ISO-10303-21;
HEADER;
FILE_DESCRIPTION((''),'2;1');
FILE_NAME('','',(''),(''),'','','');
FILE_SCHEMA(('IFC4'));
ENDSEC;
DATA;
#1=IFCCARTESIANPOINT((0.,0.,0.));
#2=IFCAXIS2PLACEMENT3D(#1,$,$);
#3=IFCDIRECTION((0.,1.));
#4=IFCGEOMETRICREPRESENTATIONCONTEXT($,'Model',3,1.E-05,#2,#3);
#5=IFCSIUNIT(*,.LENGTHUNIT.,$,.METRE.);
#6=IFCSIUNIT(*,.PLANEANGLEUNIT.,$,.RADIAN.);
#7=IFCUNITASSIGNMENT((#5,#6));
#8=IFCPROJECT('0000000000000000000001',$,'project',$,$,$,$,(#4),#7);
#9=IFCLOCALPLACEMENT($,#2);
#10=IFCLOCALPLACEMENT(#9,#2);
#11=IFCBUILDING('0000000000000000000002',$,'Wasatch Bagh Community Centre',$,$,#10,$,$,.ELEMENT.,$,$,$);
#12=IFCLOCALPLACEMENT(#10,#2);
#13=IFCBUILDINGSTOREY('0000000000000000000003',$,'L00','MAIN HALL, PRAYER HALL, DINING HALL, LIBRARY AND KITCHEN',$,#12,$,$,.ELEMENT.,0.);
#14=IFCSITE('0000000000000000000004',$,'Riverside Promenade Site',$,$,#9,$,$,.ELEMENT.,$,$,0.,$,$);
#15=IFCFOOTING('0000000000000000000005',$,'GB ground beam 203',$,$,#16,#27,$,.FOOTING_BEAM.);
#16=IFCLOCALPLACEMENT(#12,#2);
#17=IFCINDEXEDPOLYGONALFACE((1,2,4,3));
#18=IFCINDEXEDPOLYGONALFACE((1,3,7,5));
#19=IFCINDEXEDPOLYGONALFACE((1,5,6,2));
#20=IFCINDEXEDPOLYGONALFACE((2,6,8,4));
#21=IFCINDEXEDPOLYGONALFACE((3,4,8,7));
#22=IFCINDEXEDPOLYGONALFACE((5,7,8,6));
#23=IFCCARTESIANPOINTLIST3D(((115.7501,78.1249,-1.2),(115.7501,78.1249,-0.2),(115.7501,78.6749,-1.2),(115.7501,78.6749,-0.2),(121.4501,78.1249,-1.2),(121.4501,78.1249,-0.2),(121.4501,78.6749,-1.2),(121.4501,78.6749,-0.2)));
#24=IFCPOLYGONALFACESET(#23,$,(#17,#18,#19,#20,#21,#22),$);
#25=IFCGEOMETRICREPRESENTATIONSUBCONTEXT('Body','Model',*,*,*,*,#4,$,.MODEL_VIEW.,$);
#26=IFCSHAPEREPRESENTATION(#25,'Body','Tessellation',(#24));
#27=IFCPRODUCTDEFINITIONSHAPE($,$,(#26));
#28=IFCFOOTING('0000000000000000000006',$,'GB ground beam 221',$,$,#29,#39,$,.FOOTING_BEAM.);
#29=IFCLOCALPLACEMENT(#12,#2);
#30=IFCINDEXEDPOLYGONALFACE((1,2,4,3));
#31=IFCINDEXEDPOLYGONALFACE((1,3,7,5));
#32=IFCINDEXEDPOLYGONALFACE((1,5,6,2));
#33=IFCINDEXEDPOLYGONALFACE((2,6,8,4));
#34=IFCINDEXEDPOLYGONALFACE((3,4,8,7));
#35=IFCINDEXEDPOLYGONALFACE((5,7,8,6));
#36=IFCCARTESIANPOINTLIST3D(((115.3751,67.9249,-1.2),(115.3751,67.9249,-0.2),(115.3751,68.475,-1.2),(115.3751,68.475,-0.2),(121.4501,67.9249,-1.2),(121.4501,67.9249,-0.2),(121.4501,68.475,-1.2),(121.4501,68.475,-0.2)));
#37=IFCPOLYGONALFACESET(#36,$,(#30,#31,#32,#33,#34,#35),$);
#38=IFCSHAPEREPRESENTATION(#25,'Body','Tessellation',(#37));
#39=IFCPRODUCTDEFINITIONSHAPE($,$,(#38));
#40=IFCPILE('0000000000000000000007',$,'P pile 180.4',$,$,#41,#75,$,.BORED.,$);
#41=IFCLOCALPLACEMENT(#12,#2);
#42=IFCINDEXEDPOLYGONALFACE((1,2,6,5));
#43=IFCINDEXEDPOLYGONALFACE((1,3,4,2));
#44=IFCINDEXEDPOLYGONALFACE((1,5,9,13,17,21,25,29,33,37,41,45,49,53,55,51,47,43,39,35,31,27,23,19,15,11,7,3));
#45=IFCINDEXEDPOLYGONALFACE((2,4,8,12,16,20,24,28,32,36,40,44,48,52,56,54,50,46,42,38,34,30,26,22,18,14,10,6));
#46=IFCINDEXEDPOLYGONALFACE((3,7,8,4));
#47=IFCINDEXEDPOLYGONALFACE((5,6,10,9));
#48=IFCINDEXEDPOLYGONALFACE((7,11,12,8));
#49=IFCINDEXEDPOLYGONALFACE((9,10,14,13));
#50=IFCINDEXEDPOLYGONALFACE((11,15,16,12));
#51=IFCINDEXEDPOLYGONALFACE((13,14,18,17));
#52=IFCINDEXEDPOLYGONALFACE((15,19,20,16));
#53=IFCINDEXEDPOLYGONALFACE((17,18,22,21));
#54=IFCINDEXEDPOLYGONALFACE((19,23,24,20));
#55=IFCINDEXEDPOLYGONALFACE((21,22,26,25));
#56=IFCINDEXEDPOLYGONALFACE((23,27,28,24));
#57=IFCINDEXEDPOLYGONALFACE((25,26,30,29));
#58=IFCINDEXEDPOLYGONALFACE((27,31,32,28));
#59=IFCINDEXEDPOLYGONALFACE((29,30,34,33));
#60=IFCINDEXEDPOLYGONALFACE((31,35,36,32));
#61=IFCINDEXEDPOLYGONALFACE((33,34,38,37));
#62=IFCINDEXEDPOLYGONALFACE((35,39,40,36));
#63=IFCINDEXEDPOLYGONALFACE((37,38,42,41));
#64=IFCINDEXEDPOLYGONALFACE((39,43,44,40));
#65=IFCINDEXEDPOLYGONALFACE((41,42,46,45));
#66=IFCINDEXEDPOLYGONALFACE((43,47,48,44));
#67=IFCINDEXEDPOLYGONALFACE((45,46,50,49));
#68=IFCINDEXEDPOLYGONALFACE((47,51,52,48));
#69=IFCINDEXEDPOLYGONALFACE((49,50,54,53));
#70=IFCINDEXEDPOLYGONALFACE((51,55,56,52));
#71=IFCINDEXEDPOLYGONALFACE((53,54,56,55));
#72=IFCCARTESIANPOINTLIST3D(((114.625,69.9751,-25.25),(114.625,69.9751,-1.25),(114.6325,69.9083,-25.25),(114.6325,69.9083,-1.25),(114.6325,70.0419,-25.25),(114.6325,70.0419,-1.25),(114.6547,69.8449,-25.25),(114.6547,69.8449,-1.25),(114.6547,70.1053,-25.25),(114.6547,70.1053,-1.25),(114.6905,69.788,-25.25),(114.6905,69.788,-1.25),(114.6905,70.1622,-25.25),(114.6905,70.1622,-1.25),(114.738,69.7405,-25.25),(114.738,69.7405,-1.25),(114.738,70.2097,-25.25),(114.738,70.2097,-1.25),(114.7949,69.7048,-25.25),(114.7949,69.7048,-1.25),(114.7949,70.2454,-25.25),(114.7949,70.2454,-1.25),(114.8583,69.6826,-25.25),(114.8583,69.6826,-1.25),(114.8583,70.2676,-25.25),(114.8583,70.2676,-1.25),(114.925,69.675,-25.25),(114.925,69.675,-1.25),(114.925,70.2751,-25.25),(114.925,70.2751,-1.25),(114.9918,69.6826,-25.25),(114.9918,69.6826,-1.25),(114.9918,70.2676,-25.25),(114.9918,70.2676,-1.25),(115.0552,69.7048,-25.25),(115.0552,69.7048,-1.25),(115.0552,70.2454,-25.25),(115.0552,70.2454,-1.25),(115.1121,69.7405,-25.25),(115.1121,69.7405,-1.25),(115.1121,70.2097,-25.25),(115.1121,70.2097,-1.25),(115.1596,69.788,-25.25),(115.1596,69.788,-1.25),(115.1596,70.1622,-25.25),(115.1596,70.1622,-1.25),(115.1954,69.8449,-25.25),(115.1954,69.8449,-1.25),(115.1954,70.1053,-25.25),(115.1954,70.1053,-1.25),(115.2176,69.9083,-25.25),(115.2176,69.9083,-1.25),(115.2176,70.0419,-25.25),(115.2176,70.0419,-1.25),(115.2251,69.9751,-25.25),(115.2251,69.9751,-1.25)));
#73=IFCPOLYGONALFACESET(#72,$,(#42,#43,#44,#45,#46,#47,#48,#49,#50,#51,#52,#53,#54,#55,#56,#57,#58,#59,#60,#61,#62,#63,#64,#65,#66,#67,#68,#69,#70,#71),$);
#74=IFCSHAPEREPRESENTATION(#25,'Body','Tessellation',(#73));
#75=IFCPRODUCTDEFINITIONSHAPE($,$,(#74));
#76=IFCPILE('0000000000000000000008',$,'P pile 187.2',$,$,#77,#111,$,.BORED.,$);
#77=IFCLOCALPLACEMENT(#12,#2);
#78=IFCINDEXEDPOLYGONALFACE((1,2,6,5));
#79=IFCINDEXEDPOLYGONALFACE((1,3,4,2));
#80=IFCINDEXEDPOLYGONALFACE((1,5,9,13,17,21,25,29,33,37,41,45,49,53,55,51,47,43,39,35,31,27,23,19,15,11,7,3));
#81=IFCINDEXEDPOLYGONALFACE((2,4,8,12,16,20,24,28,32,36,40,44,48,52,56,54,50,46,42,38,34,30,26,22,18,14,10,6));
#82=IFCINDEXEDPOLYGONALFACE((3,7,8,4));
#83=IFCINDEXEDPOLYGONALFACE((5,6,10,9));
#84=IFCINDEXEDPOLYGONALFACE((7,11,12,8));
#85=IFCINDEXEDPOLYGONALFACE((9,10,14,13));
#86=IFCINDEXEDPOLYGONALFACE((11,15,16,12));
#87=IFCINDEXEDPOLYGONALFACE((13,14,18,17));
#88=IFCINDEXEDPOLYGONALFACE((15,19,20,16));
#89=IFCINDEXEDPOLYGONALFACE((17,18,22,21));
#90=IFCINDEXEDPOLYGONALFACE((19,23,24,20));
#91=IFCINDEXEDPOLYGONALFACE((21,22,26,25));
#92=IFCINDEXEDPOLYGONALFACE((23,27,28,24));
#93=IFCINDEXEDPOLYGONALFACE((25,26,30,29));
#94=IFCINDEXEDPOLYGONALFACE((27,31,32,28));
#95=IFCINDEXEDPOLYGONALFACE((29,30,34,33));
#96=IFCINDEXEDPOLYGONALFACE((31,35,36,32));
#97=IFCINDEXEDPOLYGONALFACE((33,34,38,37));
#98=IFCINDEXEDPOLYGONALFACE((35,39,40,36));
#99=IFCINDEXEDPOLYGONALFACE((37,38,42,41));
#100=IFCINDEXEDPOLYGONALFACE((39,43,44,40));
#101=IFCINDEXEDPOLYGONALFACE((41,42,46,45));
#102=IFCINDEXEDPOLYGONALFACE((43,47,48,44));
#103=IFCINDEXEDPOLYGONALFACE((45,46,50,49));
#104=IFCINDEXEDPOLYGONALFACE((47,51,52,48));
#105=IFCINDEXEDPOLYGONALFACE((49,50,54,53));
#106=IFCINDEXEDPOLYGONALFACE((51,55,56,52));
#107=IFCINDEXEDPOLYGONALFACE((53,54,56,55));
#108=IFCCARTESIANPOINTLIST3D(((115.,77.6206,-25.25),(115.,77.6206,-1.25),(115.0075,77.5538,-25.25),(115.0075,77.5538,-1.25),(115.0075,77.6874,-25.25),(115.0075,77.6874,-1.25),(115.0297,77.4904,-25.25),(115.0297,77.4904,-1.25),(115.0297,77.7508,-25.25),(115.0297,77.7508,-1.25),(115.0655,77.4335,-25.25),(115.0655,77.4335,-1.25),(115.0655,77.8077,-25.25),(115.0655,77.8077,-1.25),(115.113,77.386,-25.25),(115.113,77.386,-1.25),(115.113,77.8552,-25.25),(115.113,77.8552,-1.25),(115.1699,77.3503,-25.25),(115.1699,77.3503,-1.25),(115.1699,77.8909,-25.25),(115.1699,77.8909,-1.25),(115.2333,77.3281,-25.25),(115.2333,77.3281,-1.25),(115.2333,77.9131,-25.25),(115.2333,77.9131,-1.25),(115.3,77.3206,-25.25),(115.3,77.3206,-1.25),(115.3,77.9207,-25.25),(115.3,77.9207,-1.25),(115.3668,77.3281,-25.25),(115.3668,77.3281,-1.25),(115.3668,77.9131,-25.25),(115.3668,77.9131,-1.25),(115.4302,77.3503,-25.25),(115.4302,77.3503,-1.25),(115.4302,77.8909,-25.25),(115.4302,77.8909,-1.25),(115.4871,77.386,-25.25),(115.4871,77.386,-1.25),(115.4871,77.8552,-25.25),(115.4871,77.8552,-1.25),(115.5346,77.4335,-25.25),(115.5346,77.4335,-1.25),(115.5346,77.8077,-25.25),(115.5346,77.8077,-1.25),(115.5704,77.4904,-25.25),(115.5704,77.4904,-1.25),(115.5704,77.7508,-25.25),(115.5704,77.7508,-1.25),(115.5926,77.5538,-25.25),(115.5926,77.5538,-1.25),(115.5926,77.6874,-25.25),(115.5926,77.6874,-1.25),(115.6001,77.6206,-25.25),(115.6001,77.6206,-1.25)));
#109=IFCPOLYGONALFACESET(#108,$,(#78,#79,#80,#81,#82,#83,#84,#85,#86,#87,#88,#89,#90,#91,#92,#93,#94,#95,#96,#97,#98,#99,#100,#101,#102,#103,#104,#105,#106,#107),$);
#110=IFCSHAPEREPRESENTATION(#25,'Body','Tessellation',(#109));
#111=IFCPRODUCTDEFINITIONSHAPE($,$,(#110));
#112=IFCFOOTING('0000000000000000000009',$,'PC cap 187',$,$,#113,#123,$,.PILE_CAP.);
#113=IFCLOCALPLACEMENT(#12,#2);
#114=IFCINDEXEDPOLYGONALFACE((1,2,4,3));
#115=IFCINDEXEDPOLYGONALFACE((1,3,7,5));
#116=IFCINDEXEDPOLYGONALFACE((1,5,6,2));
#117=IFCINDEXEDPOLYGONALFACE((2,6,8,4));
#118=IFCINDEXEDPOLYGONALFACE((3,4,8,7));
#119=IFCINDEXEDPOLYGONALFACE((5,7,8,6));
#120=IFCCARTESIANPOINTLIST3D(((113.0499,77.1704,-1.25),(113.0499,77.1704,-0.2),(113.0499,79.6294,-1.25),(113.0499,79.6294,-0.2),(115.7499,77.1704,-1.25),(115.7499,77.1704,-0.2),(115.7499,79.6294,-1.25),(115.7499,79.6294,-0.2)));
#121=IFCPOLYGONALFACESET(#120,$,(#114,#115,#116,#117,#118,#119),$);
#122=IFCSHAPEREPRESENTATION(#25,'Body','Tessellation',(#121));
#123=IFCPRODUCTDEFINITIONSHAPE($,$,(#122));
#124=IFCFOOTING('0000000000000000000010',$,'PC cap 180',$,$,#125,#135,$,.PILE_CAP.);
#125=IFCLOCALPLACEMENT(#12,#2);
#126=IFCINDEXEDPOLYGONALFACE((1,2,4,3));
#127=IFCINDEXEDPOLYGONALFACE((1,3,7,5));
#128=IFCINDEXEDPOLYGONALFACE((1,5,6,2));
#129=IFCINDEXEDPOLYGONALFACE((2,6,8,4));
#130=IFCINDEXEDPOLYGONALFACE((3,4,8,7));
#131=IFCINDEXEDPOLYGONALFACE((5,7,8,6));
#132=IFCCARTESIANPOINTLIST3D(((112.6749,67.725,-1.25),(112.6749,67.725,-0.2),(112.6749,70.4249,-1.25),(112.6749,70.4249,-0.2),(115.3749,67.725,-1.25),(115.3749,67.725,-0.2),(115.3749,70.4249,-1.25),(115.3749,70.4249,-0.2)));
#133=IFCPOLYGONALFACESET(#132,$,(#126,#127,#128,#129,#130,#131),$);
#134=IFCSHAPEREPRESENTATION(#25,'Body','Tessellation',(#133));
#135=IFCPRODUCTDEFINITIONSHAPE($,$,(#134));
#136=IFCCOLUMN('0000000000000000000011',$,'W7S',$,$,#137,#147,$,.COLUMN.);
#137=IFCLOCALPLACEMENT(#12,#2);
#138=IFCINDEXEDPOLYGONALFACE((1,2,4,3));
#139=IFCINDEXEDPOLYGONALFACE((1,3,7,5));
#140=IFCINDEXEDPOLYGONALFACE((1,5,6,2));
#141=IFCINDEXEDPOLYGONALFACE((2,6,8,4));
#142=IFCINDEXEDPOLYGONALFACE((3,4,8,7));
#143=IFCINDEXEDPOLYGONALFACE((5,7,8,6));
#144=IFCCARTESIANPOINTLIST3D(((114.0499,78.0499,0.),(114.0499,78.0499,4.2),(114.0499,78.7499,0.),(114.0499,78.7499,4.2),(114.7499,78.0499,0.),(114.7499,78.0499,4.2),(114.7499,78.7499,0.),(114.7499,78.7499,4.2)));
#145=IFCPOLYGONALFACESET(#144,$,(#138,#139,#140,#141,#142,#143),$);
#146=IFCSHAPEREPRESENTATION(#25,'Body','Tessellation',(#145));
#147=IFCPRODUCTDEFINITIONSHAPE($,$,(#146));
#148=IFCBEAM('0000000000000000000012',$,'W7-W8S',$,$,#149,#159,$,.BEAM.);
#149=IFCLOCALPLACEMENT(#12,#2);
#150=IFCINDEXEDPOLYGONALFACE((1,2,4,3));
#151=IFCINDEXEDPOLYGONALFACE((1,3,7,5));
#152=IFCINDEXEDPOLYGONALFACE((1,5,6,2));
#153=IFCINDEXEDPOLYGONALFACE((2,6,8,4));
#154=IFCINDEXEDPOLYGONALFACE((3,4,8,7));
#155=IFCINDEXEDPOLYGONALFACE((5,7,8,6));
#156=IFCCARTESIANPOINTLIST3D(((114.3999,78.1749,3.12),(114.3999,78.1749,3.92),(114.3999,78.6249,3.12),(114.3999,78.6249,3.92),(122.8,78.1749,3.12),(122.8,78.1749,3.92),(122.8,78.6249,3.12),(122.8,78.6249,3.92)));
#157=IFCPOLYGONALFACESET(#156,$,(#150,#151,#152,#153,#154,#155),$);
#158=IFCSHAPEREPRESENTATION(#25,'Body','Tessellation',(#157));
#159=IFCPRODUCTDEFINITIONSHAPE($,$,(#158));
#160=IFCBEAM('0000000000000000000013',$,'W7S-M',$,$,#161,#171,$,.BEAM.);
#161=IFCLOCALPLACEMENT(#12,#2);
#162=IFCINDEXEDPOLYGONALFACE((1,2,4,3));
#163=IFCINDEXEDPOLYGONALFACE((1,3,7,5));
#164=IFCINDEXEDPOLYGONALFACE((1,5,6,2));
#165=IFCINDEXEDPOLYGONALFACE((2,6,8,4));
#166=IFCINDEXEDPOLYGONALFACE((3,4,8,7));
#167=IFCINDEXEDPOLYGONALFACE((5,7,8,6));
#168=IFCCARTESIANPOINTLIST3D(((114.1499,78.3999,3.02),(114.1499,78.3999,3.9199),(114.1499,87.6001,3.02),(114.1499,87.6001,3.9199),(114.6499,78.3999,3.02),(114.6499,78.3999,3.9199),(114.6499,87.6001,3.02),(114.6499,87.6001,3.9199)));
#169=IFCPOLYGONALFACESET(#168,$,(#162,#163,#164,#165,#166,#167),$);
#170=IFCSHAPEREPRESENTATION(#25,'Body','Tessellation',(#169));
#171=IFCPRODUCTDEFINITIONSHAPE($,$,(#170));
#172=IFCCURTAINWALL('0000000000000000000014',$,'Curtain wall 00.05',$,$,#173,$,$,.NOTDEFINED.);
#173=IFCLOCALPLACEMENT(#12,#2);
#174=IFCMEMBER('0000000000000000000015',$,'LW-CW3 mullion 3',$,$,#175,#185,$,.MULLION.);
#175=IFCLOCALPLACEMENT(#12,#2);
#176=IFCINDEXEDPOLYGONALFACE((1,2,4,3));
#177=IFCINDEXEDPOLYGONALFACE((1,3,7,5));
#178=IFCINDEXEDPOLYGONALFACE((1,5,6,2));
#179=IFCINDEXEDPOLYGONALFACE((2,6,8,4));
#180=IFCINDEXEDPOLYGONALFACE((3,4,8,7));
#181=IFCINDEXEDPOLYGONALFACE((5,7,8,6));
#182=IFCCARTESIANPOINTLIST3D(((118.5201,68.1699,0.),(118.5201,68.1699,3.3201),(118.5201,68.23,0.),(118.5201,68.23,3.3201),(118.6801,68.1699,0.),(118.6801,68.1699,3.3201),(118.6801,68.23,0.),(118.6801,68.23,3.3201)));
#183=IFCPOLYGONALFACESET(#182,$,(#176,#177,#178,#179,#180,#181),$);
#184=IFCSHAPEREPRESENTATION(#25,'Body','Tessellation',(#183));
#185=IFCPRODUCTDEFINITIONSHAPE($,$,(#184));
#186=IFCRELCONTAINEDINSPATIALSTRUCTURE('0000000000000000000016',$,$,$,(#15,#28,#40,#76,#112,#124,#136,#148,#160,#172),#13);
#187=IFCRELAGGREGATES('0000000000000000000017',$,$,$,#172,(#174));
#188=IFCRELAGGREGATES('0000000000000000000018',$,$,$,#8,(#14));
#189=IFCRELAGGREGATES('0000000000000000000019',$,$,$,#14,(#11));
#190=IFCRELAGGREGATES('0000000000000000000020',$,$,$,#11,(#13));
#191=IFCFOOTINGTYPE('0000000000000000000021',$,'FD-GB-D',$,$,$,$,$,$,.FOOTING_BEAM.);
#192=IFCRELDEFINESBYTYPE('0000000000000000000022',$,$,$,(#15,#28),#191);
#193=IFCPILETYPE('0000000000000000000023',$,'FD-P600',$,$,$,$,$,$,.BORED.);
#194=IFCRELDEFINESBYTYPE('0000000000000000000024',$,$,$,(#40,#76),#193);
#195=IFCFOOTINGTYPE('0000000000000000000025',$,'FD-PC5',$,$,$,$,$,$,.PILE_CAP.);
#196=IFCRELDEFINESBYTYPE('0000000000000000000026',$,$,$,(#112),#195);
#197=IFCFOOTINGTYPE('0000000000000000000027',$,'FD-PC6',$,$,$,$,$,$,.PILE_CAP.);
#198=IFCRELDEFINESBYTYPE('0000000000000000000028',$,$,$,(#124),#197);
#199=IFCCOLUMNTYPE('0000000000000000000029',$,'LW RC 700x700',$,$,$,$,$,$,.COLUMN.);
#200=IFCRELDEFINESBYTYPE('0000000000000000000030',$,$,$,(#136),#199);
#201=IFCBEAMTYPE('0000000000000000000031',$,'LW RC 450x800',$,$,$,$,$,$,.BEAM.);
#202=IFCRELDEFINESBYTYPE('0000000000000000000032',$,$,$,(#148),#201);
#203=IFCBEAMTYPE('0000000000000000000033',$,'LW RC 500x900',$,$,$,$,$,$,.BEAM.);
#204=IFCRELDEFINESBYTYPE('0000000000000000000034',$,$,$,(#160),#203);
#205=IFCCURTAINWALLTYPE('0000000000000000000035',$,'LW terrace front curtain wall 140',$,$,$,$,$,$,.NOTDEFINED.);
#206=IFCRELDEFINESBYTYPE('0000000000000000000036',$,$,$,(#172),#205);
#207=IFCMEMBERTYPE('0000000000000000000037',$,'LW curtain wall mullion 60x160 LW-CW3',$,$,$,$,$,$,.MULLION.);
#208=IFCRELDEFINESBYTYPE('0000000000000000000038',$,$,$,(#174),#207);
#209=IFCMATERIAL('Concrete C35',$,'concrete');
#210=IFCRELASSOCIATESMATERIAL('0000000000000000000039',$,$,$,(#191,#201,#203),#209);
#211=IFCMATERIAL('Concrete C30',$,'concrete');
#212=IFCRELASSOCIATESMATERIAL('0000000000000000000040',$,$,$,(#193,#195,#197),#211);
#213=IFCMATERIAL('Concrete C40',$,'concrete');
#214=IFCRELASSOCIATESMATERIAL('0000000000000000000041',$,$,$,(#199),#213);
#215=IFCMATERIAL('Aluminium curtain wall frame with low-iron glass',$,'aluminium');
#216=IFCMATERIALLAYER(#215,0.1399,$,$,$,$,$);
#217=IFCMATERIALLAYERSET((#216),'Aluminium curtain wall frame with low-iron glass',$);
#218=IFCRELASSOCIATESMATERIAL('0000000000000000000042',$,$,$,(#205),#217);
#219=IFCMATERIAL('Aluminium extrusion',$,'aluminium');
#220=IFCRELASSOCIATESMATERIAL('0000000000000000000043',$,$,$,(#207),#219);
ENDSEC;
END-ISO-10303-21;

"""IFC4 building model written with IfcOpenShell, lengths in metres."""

from ifc_helpers import new_model, si_unit, direction, frame, origin, origin_2d, place, context, subcontext, project, spatial, rectangle, circle, extrude, material, layer, layer_set, material_profile, profile_set, type_object, element, aggregate, save


model = new_model("IFC4")

# Units and contexts
model_context = context("Model", 3, precision=1e-05, world=origin(), true_north=direction((0.0, 1.0)))
body_context = subcontext(model_context, "Body", "Model", "MODEL_VIEW")
ifc_project = project(units=[si_unit("LENGTHUNIT", "METRE"), si_unit("PLANEANGLEUNIT", "RADIAN")], contexts=[model_context])

# Site, building, storey
site_placement = place(None, origin())
site = spatial("IfcSite", under=ifc_project, at=site_placement, Name="Riverside Promenade Site", CompositionType="ELEMENT", RefElevation=0.0)
building_placement = place(site_placement, origin())
building = spatial("IfcBuilding", under=site, at=building_placement, Name="Wasatch Bagh Community Centre", CompositionType="ELEMENT")
storey_placement = place(building_placement, origin())
storey = spatial("IfcBuildingStorey", under=building, at=storey_placement, Name="L00", Description="MAIN HALL, PRAYER HALL, DINING HALL, LIBRARY AND KITCHEN", CompositionType="ELEMENT", Elevation=0.0)

# Footings
ifc_material_1 = material(Name="Concrete C35", Category="concrete")
footing_type_1 = type_object("IfcFootingType", Name="FD-GB-D", PredefinedType="FOOTING_BEAM", material=ifc_material_1)
footing_1_placement = place(storey_placement, frame((118.6001, 78.3999, -1.2), z_axis=(0.0, 0.0, 1.0), x_axis=(1.0, 0.0, 0.0)))
element("IfcFooting", 1, at=footing_1_placement, inside=storey, type_object=footing_type_1, Name="GB ground beam 203", PredefinedType="FOOTING_BEAM", context=body_context, shape_type="SweptSolid", body=[
    extrude(rectangle(XDim=5.7, YDim=0.55, at=origin_2d()), origin(), (0.0, 0.0, 1.0), 1.0),
])
footing_2_placement = place(storey_placement, frame((118.4126, 68.2, -1.2), z_axis=(0.0, 0.0, 1.0), x_axis=(1.0, 0.0, 0.0)))
element("IfcFooting", 2, at=footing_2_placement, inside=storey, type_object=footing_type_1, Name="GB ground beam 221", PredefinedType="FOOTING_BEAM", context=body_context, shape_type="SweptSolid", body=[
    extrude(rectangle(XDim=6.075, YDim=0.55, at=origin_2d()), origin(), (0.0, 0.0, 1.0), 1.0),
])

# Piles
ifc_material_2 = material(Name="Concrete C30", Category="concrete")
ifc_material_profile_1 = material_profile(ifc_material_2, circle(Radius=0.3, at=origin_2d()), Name="RC D600")
ifc_profile_set_1 = profile_set([ifc_material_profile_1], Name="Concrete C30")
pile_type = type_object("IfcPileType", Name="FD-P600", PredefinedType="BORED", material=ifc_profile_set_1)
for number, where, z_axis, x_axis, name in (
    (3, (114.925, 69.9751, -1.25), (0.0, 0.0, -1.0), (1.0, 0.0, 0.0), "P pile 180.4"),
    (4, (115.3, 77.6206, -1.25), (0.0, 0.0, -1.0), (1.0, 0.0, 0.0), "P pile 187.2"),
):
    element("IfcPile", number, at=place(storey_placement, frame(where, z_axis=z_axis, x_axis=x_axis)), inside=storey, type_object=pile_type, Name=name, PredefinedType="BORED", context=body_context, shape_type="SweptSolid", body=[
        extrude(circle(Radius=0.3, at=origin_2d()), origin(), (0.0, 0.0, 1.0), 24.0),
    ])

# Footings
footing_type_2 = type_object("IfcFootingType", Name="FD-PC5", PredefinedType="PILE_CAP", material=ifc_material_2)
footing_3_placement = place(storey_placement, frame((114.3999, 78.3999, -1.25), z_axis=(0.0, 0.0, 1.0), x_axis=(1.0, 0.0, 0.0)))
element("IfcFooting", 5, at=footing_3_placement, inside=storey, type_object=footing_type_2, Name="PC cap 187", PredefinedType="PILE_CAP", context=body_context, shape_type="SweptSolid", body=[
    extrude(rectangle(XDim=2.7, YDim=2.459, at=origin_2d()), origin(), (0.0, 0.0, 1.0), 1.05),
])
footing_type_3 = type_object("IfcFootingType", Name="FD-PC6", PredefinedType="PILE_CAP", material=ifc_material_2)
footing_4_placement = place(storey_placement, frame((114.0249, 69.075, -1.25), z_axis=(0.0, 0.0, 1.0), x_axis=(1.0, 0.0, 0.0)))
element("IfcFooting", 6, at=footing_4_placement, inside=storey, type_object=footing_type_3, Name="PC cap 180", PredefinedType="PILE_CAP", context=body_context, shape_type="SweptSolid", body=[
    extrude(rectangle(XDim=2.7, YDim=2.7, at=origin_2d()), origin(), (0.0, 0.0, 1.0), 1.05),
])

# Column
ifc_material_3 = material(Name="Concrete C40", Category="concrete")
ifc_material_profile_2 = material_profile(ifc_material_3, rectangle(XDim=0.7, YDim=0.7, at=origin_2d()), Name="RC 700x700")
ifc_profile_set_2 = profile_set([ifc_material_profile_2], Name="Concrete C40")
column_type = type_object("IfcColumnType", Name="LW RC 700x700", PredefinedType="COLUMN", material=ifc_profile_set_2)
column_placement = place(storey_placement, frame((114.3999, 78.3999, 0.0), z_axis=(0.0, 0.0, 1.0), x_axis=(1.0, 0.0, 0.0)))
element("IfcColumn", 7, at=column_placement, inside=storey, type_object=column_type, Name="W7S", PredefinedType="COLUMN", context=body_context, shape_type="SweptSolid", body=[
    extrude(rectangle(XDim=0.7, YDim=0.7, at=origin_2d()), origin(), (0.0, 0.0, 1.0), 4.2),
])

# Beams
ifc_material_profile_3 = material_profile(ifc_material_1, rectangle(XDim=0.45, YDim=0.8, at=origin_2d()), Name="RC 450x800")
ifc_profile_set_3 = profile_set([ifc_material_profile_3], Name="Concrete C35")
beam_type_1 = type_object("IfcBeamType", Name="LW RC 450x800", PredefinedType="BEAM", material=ifc_profile_set_3)
beam_1_placement = place(storey_placement, frame((114.3999, 78.3999, 3.52), z_axis=(1.0, 0.0, 0.0), x_axis=(0.0, 1.0, 0.0)))
element("IfcBeam", 8, at=beam_1_placement, inside=storey, type_object=beam_type_1, Name="W7-W8S", PredefinedType="BEAM", context=body_context, shape_type="SweptSolid", body=[
    extrude(rectangle(XDim=0.45, YDim=0.8, at=origin_2d()), origin(), (0.0, 0.0, 1.0), 8.4001),
])
ifc_material_profile_4 = material_profile(ifc_material_1, rectangle(XDim=0.5, YDim=0.8999, at=origin_2d()), Name="RC 500x900")
ifc_profile_set_4 = profile_set([ifc_material_profile_4], Name="Concrete C35")
beam_type_2 = type_object("IfcBeamType", Name="LW RC 500x900", PredefinedType="BEAM", material=ifc_profile_set_4)
beam_2_placement = place(storey_placement, frame((114.3999, 78.3999, 3.47), z_axis=(0.0, 1.0, 0.0), x_axis=(-1.0, 0.0, 0.0)))
element("IfcBeam", 9, at=beam_2_placement, inside=storey, type_object=beam_type_2, Name="W7S-M", PredefinedType="BEAM", context=body_context, shape_type="SweptSolid", body=[
    extrude(rectangle(XDim=0.5, YDim=0.8999, at=origin_2d()), origin(), (0.0, 0.0, 1.0), 9.2002),
])

# Curtain wall, member
ifc_material_4 = material(Name="Aluminium curtain wall frame with low-iron glass", Category="aluminium")
ifc_layer_1 = layer(ifc_material_4, 0.1399)
ifc_layer_set_1 = layer_set([ifc_layer_1], Name="Aluminium curtain wall frame with low-iron glass")
curtain_wall_type = type_object("IfcCurtainWallType", Name="LW terrace front curtain wall 140", PredefinedType="NOTDEFINED", material=ifc_layer_set_1)
curtain_wall_placement = place(storey_placement, origin())
curtain_wall = element("IfcCurtainWall", 10, at=curtain_wall_placement, inside=storey, type_object=curtain_wall_type, Name="Curtain wall 00.05", PredefinedType="NOTDEFINED")
ifc_material_5 = material(Name="Aluminium extrusion", Category="aluminium")
ifc_material_profile_5 = material_profile(ifc_material_5, rectangle(XDim=0.0601, YDim=0.1599, at=origin_2d()), Name="AL 60x160")
ifc_profile_set_5 = profile_set([ifc_material_profile_5], Name="Aluminium extrusion")
member_type_1 = type_object("IfcMemberType", Name="LW curtain wall mullion 60x160 LW-CW3", PredefinedType="MULLION", material=ifc_profile_set_5)
member_1_placement = place(storey_placement, frame((118.6001, 68.2, 0.0), z_axis=(0.0, 0.0, 1.0), x_axis=(0.0, 1.0, 0.0)))
member_1 = element("IfcMember", 11, at=member_1_placement, type_object=member_type_1, Name="LW-CW3 mullion 3", PredefinedType="MULLION", context=body_context, shape_type="SweptSolid", body=[
    extrude(rectangle(XDim=0.0601, YDim=0.1599, at=origin_2d()), origin(), (0.0, 0.0, 1.0), 3.3201),
])
aggregate(curtain_wall, [member_1])

save(model, "model.ifc")
